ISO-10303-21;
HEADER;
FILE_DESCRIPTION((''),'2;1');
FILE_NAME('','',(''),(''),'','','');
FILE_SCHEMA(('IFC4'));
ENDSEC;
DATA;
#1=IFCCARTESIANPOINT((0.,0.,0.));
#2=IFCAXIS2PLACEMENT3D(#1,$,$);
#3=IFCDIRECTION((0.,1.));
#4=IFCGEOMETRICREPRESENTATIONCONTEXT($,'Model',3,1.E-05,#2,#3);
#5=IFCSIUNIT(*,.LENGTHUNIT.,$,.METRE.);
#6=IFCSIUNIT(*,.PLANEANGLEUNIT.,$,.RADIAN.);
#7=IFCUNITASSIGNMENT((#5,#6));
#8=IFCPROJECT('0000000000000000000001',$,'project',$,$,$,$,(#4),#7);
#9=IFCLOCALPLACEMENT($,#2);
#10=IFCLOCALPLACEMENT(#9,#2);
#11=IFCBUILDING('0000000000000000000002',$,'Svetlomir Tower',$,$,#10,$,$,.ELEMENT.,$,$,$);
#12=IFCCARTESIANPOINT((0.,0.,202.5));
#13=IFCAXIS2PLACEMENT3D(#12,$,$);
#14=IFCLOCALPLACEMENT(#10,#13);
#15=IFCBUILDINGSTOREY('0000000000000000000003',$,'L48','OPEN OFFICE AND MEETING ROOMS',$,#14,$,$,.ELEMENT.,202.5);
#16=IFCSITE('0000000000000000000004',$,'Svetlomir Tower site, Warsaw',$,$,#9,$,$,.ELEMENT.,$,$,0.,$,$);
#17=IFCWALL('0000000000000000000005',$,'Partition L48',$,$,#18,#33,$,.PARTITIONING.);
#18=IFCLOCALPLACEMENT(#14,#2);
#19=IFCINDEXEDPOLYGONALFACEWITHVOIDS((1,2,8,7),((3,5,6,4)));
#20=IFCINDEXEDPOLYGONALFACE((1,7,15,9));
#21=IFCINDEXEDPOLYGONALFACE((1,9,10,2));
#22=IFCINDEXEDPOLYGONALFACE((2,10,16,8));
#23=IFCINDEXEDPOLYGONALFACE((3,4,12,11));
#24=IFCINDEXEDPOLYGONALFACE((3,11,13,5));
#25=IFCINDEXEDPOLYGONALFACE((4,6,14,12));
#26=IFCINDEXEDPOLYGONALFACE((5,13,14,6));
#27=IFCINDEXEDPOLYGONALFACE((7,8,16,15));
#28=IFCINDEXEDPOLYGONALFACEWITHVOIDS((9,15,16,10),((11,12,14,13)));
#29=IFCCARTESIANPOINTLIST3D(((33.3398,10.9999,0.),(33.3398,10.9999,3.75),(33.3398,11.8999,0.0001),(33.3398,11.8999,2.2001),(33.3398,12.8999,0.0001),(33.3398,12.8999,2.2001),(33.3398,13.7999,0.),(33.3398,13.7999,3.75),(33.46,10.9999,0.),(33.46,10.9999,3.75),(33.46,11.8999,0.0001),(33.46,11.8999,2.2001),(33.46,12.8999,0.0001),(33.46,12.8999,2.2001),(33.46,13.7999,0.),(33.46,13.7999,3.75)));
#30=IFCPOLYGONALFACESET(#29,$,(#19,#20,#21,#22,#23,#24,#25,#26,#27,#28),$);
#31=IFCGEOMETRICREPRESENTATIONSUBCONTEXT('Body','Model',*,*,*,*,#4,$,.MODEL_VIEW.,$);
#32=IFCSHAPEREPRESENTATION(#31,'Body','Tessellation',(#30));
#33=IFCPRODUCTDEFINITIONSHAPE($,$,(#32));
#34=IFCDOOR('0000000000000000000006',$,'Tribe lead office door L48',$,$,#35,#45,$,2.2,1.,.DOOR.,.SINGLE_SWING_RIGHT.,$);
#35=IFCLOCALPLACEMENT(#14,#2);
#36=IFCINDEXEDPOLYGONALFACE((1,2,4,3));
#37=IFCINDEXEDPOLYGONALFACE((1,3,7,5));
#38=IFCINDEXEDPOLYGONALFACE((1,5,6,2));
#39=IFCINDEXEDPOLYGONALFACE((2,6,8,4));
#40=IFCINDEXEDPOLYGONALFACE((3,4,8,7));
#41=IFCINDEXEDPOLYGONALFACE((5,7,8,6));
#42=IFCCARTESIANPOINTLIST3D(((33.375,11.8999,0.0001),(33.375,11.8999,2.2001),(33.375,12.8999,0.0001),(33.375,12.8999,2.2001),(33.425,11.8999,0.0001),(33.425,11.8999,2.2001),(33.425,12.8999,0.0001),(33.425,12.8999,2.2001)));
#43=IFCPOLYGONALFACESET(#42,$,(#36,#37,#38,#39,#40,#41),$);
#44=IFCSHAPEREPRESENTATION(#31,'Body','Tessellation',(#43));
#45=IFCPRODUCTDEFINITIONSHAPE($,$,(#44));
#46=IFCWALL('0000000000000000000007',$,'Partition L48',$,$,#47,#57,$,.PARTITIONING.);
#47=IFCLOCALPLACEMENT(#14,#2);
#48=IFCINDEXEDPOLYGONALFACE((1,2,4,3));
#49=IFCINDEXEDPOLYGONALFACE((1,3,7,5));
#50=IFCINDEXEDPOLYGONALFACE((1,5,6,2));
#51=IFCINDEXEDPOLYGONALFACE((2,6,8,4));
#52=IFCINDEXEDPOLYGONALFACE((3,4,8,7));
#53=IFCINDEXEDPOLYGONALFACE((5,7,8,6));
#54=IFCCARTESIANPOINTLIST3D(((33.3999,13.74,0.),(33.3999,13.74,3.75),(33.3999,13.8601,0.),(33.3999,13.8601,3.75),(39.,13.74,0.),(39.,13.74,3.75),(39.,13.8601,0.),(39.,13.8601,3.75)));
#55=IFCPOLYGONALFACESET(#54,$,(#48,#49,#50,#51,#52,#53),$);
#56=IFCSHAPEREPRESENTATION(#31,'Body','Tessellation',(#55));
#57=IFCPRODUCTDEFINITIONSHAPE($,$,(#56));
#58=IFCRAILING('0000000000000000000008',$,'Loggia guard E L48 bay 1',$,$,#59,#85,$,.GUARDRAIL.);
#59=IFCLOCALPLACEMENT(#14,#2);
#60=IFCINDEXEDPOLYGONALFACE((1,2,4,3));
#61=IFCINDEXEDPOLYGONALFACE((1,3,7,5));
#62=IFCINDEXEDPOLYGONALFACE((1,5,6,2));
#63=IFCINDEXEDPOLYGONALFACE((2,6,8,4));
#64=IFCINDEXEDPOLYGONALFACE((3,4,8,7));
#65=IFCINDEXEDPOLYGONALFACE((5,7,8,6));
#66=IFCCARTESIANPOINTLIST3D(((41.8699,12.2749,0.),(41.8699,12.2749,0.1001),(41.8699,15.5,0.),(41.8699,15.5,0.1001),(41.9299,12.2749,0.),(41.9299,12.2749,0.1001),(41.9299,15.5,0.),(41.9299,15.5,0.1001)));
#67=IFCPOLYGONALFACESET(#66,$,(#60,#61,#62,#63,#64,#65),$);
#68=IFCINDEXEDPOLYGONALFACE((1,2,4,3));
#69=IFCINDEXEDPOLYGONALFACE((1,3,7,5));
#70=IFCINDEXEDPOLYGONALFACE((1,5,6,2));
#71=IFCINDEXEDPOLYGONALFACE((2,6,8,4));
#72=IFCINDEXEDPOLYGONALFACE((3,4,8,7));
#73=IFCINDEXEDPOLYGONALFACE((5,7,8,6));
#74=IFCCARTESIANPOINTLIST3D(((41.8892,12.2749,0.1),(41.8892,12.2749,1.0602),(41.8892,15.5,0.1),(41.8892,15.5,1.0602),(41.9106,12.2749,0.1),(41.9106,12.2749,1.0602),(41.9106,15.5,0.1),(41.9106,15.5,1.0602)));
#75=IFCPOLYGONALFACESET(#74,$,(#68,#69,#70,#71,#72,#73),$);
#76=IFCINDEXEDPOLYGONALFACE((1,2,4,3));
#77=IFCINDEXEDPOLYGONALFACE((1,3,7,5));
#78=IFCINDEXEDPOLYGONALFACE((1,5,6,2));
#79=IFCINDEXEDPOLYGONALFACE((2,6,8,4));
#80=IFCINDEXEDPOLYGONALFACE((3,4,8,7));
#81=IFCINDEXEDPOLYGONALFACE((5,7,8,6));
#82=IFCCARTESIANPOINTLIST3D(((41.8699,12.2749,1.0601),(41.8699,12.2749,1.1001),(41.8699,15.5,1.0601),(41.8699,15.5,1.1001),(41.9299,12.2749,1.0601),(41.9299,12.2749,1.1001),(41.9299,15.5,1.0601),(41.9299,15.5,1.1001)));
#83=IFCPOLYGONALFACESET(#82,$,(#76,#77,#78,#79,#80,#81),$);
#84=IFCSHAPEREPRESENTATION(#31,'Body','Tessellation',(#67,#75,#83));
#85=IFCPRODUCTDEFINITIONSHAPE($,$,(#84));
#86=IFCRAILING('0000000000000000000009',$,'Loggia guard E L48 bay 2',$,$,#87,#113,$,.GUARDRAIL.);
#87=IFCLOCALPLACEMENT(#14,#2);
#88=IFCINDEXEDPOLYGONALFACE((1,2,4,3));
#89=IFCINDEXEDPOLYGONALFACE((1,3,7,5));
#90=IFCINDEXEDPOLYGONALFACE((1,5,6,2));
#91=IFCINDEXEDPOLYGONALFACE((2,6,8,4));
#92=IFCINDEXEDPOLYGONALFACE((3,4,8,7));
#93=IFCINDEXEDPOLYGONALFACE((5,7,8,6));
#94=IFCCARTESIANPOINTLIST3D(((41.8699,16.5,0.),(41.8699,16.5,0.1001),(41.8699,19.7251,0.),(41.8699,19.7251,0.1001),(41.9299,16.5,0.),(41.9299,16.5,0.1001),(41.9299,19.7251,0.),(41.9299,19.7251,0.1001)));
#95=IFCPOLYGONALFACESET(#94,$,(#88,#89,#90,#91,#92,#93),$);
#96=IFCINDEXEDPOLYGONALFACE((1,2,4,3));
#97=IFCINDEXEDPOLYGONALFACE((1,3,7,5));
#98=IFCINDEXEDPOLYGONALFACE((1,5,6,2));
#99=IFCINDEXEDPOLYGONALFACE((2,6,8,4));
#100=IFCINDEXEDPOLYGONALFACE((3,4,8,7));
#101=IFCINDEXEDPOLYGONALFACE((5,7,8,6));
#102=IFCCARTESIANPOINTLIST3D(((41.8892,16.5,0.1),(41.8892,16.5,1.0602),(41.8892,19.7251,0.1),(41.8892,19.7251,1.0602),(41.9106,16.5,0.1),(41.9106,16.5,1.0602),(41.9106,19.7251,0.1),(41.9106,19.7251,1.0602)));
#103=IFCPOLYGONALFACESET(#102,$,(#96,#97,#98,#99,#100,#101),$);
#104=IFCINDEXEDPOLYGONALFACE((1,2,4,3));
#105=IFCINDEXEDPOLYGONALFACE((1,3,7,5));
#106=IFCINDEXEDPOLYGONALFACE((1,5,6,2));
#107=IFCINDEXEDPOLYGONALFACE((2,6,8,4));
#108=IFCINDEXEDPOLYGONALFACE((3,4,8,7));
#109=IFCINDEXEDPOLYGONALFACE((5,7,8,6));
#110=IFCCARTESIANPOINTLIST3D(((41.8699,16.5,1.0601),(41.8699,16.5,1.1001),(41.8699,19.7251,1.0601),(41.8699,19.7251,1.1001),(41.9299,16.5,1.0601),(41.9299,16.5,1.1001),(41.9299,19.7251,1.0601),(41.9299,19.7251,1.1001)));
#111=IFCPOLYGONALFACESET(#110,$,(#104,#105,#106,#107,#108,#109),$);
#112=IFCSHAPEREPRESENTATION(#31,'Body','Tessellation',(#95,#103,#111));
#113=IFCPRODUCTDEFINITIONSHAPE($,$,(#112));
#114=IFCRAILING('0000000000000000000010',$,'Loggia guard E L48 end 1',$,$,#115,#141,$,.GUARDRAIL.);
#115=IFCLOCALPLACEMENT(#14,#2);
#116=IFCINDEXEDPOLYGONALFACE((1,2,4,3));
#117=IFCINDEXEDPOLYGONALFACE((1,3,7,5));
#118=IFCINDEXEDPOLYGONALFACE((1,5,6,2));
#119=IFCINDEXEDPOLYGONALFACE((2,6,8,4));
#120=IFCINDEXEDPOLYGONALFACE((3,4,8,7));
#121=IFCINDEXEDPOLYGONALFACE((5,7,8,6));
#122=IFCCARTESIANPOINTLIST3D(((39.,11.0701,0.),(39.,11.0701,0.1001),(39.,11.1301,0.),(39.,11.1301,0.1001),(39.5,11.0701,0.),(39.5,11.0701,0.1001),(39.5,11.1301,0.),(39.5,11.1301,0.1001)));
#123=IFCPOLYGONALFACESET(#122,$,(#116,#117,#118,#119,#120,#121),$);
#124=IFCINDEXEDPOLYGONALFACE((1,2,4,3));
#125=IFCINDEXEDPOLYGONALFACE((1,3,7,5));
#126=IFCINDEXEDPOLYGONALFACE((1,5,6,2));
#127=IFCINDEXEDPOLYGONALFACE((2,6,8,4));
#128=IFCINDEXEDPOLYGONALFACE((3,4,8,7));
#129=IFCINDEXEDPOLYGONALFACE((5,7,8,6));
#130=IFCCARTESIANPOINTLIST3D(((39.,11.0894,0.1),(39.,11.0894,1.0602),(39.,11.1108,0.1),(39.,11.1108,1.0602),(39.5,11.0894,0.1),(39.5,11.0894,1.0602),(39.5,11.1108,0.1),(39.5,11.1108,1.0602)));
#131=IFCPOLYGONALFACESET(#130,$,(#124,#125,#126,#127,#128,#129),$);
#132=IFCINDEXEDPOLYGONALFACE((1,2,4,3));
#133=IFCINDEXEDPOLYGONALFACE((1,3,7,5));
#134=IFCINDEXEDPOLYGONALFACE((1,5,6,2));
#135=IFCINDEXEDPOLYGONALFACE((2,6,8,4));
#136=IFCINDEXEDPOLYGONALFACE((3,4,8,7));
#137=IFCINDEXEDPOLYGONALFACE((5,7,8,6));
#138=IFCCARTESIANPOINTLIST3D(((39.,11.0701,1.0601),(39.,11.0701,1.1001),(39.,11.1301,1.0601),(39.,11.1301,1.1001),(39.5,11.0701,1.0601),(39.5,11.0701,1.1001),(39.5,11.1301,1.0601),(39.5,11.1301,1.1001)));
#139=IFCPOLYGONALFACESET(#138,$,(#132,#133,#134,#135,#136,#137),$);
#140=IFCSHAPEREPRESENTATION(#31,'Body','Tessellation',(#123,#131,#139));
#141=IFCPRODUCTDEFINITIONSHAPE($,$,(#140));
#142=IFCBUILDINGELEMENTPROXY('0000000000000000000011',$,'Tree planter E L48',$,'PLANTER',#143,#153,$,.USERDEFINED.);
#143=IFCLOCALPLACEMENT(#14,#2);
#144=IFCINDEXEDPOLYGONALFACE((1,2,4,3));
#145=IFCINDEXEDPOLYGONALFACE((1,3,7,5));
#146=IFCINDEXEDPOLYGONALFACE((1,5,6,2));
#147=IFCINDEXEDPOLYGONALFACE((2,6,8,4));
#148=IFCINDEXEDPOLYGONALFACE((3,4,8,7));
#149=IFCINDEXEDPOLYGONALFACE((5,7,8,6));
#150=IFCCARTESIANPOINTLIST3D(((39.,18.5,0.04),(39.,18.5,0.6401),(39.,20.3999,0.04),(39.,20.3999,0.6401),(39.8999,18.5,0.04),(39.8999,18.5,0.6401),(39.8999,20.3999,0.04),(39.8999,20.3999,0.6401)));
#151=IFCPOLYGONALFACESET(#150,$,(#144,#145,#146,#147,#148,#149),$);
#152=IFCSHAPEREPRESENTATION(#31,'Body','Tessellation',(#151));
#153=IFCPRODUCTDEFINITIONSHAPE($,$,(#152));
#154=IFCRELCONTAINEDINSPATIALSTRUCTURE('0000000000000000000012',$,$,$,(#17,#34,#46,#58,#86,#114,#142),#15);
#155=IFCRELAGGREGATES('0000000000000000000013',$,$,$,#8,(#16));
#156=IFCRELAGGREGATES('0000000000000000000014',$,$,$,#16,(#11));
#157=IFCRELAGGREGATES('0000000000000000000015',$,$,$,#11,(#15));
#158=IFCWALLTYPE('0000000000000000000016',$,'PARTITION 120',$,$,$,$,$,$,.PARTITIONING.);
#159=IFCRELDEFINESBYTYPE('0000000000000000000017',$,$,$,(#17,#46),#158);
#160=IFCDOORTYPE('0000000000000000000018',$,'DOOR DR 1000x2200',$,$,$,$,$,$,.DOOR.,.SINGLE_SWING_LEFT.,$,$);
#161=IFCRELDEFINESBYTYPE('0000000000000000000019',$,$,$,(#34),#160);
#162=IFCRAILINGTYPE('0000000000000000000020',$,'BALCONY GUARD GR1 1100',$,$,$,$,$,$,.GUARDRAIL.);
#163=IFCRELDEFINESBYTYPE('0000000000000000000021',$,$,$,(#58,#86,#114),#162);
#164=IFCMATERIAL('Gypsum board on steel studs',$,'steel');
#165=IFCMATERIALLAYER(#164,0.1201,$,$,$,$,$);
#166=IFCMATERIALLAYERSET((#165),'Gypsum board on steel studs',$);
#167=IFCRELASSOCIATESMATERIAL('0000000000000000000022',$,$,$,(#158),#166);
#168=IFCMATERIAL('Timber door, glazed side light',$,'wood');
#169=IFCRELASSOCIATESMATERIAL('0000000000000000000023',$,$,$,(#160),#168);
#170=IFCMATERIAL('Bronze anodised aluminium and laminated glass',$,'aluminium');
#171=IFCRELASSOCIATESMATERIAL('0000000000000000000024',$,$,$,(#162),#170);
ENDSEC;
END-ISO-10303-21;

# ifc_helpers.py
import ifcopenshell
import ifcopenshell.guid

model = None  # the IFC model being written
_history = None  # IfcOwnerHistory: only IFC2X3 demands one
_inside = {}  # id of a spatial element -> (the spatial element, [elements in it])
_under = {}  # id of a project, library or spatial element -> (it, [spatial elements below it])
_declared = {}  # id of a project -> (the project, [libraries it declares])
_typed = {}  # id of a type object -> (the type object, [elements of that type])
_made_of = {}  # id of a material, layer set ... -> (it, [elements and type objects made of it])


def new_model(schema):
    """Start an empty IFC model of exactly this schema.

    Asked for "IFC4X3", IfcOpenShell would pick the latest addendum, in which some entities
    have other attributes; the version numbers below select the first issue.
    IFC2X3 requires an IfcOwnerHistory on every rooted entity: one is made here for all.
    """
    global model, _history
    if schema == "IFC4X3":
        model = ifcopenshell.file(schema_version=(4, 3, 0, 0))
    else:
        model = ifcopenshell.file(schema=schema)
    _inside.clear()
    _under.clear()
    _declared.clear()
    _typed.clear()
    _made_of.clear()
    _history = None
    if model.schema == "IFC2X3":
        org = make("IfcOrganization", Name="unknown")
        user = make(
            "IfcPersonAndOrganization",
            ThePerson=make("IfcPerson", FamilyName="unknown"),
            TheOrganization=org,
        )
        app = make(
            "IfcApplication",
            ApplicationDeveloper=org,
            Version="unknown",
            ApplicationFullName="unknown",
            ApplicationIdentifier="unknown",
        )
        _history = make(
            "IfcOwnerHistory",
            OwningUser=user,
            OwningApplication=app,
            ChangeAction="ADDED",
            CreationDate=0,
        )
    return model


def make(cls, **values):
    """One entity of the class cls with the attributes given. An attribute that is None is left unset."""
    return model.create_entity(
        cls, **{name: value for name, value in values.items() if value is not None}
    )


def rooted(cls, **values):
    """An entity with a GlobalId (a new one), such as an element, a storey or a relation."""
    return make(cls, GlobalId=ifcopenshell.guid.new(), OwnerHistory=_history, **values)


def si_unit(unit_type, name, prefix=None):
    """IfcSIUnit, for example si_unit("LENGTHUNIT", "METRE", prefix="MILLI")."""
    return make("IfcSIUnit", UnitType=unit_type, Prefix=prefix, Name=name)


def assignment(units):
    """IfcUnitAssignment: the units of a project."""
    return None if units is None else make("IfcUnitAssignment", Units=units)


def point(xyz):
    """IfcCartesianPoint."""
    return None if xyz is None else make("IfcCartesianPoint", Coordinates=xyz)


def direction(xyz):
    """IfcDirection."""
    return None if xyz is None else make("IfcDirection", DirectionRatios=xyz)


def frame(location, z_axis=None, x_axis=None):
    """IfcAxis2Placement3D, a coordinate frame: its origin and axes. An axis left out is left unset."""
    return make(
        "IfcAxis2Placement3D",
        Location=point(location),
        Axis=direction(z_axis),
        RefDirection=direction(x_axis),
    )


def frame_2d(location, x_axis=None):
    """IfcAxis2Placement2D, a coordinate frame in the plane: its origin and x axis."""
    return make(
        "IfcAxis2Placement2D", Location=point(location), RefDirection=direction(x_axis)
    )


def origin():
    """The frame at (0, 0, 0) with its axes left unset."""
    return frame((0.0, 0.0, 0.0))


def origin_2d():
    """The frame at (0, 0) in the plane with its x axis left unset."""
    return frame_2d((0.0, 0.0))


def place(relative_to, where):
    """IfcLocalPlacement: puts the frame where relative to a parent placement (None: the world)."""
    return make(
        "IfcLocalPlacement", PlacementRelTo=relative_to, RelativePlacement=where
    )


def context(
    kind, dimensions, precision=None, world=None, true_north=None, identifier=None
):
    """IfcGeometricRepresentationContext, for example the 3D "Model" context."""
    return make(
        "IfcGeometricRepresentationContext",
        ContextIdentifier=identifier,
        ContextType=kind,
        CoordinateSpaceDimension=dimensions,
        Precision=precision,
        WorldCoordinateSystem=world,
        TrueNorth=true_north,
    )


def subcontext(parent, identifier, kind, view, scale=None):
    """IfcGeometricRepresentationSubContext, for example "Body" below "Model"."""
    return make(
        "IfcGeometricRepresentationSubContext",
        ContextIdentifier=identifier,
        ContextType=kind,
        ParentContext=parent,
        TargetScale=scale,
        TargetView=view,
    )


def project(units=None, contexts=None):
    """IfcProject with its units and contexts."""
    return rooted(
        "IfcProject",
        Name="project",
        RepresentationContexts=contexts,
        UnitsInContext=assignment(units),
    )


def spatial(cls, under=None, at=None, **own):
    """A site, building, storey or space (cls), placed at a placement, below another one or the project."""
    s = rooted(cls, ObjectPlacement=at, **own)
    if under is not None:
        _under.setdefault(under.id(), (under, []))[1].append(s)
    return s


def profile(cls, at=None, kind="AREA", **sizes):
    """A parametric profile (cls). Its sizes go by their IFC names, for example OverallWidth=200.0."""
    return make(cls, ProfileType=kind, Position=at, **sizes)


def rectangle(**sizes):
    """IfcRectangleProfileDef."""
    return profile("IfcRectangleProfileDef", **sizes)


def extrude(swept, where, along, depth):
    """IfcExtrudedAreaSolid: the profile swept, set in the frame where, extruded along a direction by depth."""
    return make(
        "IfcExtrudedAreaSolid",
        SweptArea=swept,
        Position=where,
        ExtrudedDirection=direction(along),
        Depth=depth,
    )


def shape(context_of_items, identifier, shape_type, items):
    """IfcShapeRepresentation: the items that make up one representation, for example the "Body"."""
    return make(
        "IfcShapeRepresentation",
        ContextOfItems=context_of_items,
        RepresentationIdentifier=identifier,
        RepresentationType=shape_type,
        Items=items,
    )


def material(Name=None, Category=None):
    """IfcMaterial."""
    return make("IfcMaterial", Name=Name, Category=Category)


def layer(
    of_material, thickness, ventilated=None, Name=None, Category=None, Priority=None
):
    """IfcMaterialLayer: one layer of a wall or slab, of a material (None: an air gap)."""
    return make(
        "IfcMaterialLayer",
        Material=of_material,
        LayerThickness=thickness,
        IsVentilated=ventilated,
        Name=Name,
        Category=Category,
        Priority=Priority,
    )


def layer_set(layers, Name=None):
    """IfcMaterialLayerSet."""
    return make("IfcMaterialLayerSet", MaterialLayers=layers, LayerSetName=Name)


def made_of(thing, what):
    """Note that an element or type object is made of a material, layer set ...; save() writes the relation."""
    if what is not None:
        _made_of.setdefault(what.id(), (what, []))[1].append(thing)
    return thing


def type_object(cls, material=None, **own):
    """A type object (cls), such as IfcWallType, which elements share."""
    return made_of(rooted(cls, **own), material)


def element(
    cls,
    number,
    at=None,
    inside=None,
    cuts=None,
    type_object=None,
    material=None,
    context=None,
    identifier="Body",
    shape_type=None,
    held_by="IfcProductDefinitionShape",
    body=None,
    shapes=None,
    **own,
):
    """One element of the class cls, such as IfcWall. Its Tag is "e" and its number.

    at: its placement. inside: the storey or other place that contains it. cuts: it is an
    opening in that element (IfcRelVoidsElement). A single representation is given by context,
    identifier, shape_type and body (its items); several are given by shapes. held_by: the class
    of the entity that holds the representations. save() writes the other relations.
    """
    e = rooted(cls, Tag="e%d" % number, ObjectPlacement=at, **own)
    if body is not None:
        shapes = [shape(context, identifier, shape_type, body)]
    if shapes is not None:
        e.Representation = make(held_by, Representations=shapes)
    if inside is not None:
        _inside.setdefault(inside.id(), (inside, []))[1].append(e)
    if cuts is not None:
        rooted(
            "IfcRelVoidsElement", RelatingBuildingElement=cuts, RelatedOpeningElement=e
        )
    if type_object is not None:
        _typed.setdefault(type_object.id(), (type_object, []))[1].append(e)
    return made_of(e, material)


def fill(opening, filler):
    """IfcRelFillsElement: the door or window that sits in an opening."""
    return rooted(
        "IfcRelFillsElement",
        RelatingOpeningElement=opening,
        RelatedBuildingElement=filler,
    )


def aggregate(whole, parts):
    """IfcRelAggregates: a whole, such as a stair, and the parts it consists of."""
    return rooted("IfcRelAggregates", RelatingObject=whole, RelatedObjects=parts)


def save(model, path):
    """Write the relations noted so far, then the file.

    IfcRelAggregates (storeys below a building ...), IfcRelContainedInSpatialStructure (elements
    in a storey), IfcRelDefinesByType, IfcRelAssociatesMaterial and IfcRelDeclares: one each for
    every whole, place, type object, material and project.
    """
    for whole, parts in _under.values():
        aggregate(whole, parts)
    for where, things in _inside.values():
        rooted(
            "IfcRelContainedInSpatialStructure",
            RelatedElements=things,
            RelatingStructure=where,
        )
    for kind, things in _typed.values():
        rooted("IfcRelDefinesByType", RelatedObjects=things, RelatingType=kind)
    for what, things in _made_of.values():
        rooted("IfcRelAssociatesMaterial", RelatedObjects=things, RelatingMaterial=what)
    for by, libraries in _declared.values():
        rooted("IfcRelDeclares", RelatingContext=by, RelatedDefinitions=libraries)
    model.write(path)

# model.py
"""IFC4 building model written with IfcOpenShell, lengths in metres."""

from ifc_helpers import new_model, si_unit, direction, frame, frame_2d, origin, origin_2d, place, context, subcontext, project, spatial, rectangle, extrude, material, layer, layer_set, type_object, element, fill, save


model = new_model("IFC4")

# Units and contexts
model_context = context("Model", 3, precision=1e-05, world=origin(), true_north=direction((0.0, 1.0)))
body_context = subcontext(model_context, "Body", "Model", "MODEL_VIEW")
ifc_project = project(units=[si_unit("LENGTHUNIT", "METRE"), si_unit("PLANEANGLEUNIT", "RADIAN")], contexts=[model_context])

# Site, building, storey
site_placement = place(None, origin())
site = spatial("IfcSite", under=ifc_project, at=site_placement, Name="Svetlomir Tower site, Warsaw", CompositionType="ELEMENT", RefElevation=0.0)
building_placement = place(site_placement, origin())
building = spatial("IfcBuilding", under=site, at=building_placement, Name="Svetlomir Tower", CompositionType="ELEMENT")
storey_placement = place(building_placement, frame((0.0, 0.0, 202.5)))
storey = spatial("IfcBuildingStorey", under=building, at=storey_placement, Name="L48", Description="OPEN OFFICE AND MEETING ROOMS", CompositionType="ELEMENT", Elevation=202.5)

# Wall, opening, door
ifc_material_1 = material(Name="Gypsum board on steel studs", Category="steel")
ifc_layer_1 = layer(ifc_material_1, 0.1201)
ifc_layer_set_1 = layer_set([ifc_layer_1], Name="Gypsum board on steel studs")
wall_type_1 = type_object("IfcWallType", Name="PARTITION 120", PredefinedType="PARTITIONING", material=ifc_layer_set_1)
wall_1_placement = place(storey_placement, frame((33.3999, 11.0, 0.0), z_axis=(0.0, 0.0, 1.0), x_axis=(0.0, 1.0, 0.0)))
wall_1 = element("IfcWall", 1, at=wall_1_placement, inside=storey, type_object=wall_type_1, Name="Partition L48", PredefinedType="PARTITIONING", context=body_context, shape_type="SweptSolid", body=[
    extrude(rectangle(XDim=2.8, YDim=0.1201, at=frame_2d((1.3999, 0.0))), origin(), (0.0, 0.0, 1.0), 3.75),
])
opening_1_placement = place(wall_1_placement, frame((0.8999, 0.0, 0.0)))
opening_1 = element("IfcOpeningElement", 2, at=opening_1_placement, cuts=wall_1, PredefinedType="OPENING", context=body_context, shape_type="SweptSolid", body=[
    extrude(rectangle(XDim=1.0, YDim=2.2, at=frame_2d((0.5, 1.1001))), frame((0.0, 0.0701, 0.0), z_axis=(0.0, -1.0, 0.0), x_axis=(1.0, 0.0, 0.0)), (0.0, 0.0, 1.0), 0.1401),
])
ifc_material_2 = material(Name="Timber door, glazed side light", Category="wood")
door_type_1 = type_object("IfcDoorType", Name="DOOR DR 1000x2200", OperationType="SINGLE_SWING_LEFT", PredefinedType="DOOR", material=ifc_material_2)
door_1_placement = place(opening_1_placement, origin())
door_1 = element("IfcDoor", 3, at=door_1_placement, inside=storey, type_object=door_type_1, Name="Tribe lead office door L48", OperationType="SINGLE_SWING_RIGHT", OverallHeight=2.2, OverallWidth=1.0, PredefinedType="DOOR", context=body_context, shape_type="SweptSolid", body=[
    extrude(rectangle(XDim=1.0, YDim=2.2, at=frame_2d((0.5, 1.1001))), frame((0.0, 0.0249, 0.0), z_axis=(0.0, -1.0, 0.0), x_axis=(1.0, 0.0, 0.0)), (0.0, 0.0, 1.0), 0.05),
])
fill(opening_1, door_1)

# Wall
wall_2_placement = place(storey_placement, frame((33.3999, 13.8, 0.0), z_axis=(0.0, 0.0, 1.0), x_axis=(1.0, 0.0, 0.0)))
element("IfcWall", 4, at=wall_2_placement, inside=storey, type_object=wall_type_1, Name="Partition L48", PredefinedType="PARTITIONING", context=body_context, shape_type="SweptSolid", body=[
    extrude(rectangle(XDim=5.6001, YDim=0.1201, at=frame_2d((2.8, 0.0))), origin(), (0.0, 0.0, 1.0), 3.75),
])

# Railings
ifc_material_3 = material(Name="Bronze anodised aluminium and laminated glass", Category="aluminium")
railing_type = type_object("IfcRailingType", Name="BALCONY GUARD GR1 1100", PredefinedType="GUARDRAIL", material=ifc_material_3)
for number, where, name in (
    (5, (41.8999, 12.2749, 0.0), "Loggia guard E L48 bay 1"),
    (6, (41.8999, 16.5, 0.0), "Loggia guard E L48 bay 2"),
):
    element("IfcRailing", number, at=place(storey_placement, frame(where)), inside=storey, type_object=railing_type, Name=name, PredefinedType="GUARDRAIL", context=body_context, shape_type="SweptSolid", body=[
        extrude(rectangle(XDim=0.0601, YDim=0.1001, at=origin_2d()), frame((0.0, 0.0, 0.05), z_axis=(0.0, 1.0, 0.0), x_axis=(-1.0, 0.0, 0.0)), (0.0, 0.0, 1.0), 3.2251),
        extrude(rectangle(XDim=0.0215, YDim=0.9602, at=origin_2d()), frame((0.0, 0.0, 0.5801), z_axis=(0.0, 1.0, 0.0), x_axis=(-1.0, 0.0, 0.0)), (0.0, 0.0, 1.0), 3.2251),
        extrude(rectangle(XDim=0.0601, YDim=0.04, at=origin_2d()), frame((0.0, 0.0, 1.0801), z_axis=(0.0, 1.0, 0.0), x_axis=(-1.0, 0.0, 0.0)), (0.0, 0.0, 1.0), 3.2251),
    ])
railing_placement = place(storey_placement, frame((39.5, 11.1001, 0.0)))
element("IfcRailing", 7, at=railing_placement, inside=storey, type_object=railing_type, Name="Loggia guard E L48 end 1", PredefinedType="GUARDRAIL", context=body_context, shape_type="SweptSolid", body=[
    extrude(rectangle(XDim=0.0601, YDim=0.1001, at=origin_2d()), frame((0.0, 0.0, 0.05), z_axis=(-1.0, 0.0, 0.0), x_axis=(0.0, -1.0, 0.0)), (0.0, 0.0, 1.0), 0.5),
    extrude(rectangle(XDim=0.0215, YDim=0.9602, at=origin_2d()), frame((0.0, 0.0, 0.5801), z_axis=(-1.0, 0.0, 0.0), x_axis=(0.0, -1.0, 0.0)), (0.0, 0.0, 1.0), 0.5),
    extrude(rectangle(XDim=0.0601, YDim=0.04, at=origin_2d()), frame((0.0, 0.0, 1.0801), z_axis=(-1.0, 0.0, 0.0), x_axis=(0.0, -1.0, 0.0)), (0.0, 0.0, 1.0), 0.5),
])

# Building element proxy
proxy_placement = place(storey_placement, frame((39.45, 19.45, 0.04), z_axis=(0.0, 0.0, 1.0), x_axis=(1.0, 0.0, 0.0)))
element("IfcBuildingElementProxy", 8, at=proxy_placement, inside=storey, Name="Tree planter E L48", ObjectType="PLANTER", PredefinedType="USERDEFINED", context=body_context, shape_type="SweptSolid", body=[
    extrude(rectangle(XDim=0.8999, YDim=1.8999, at=origin_2d()), origin(), (0.0, 0.0, 1.0), 0.6001),
])

save(model, "model.ifc")
